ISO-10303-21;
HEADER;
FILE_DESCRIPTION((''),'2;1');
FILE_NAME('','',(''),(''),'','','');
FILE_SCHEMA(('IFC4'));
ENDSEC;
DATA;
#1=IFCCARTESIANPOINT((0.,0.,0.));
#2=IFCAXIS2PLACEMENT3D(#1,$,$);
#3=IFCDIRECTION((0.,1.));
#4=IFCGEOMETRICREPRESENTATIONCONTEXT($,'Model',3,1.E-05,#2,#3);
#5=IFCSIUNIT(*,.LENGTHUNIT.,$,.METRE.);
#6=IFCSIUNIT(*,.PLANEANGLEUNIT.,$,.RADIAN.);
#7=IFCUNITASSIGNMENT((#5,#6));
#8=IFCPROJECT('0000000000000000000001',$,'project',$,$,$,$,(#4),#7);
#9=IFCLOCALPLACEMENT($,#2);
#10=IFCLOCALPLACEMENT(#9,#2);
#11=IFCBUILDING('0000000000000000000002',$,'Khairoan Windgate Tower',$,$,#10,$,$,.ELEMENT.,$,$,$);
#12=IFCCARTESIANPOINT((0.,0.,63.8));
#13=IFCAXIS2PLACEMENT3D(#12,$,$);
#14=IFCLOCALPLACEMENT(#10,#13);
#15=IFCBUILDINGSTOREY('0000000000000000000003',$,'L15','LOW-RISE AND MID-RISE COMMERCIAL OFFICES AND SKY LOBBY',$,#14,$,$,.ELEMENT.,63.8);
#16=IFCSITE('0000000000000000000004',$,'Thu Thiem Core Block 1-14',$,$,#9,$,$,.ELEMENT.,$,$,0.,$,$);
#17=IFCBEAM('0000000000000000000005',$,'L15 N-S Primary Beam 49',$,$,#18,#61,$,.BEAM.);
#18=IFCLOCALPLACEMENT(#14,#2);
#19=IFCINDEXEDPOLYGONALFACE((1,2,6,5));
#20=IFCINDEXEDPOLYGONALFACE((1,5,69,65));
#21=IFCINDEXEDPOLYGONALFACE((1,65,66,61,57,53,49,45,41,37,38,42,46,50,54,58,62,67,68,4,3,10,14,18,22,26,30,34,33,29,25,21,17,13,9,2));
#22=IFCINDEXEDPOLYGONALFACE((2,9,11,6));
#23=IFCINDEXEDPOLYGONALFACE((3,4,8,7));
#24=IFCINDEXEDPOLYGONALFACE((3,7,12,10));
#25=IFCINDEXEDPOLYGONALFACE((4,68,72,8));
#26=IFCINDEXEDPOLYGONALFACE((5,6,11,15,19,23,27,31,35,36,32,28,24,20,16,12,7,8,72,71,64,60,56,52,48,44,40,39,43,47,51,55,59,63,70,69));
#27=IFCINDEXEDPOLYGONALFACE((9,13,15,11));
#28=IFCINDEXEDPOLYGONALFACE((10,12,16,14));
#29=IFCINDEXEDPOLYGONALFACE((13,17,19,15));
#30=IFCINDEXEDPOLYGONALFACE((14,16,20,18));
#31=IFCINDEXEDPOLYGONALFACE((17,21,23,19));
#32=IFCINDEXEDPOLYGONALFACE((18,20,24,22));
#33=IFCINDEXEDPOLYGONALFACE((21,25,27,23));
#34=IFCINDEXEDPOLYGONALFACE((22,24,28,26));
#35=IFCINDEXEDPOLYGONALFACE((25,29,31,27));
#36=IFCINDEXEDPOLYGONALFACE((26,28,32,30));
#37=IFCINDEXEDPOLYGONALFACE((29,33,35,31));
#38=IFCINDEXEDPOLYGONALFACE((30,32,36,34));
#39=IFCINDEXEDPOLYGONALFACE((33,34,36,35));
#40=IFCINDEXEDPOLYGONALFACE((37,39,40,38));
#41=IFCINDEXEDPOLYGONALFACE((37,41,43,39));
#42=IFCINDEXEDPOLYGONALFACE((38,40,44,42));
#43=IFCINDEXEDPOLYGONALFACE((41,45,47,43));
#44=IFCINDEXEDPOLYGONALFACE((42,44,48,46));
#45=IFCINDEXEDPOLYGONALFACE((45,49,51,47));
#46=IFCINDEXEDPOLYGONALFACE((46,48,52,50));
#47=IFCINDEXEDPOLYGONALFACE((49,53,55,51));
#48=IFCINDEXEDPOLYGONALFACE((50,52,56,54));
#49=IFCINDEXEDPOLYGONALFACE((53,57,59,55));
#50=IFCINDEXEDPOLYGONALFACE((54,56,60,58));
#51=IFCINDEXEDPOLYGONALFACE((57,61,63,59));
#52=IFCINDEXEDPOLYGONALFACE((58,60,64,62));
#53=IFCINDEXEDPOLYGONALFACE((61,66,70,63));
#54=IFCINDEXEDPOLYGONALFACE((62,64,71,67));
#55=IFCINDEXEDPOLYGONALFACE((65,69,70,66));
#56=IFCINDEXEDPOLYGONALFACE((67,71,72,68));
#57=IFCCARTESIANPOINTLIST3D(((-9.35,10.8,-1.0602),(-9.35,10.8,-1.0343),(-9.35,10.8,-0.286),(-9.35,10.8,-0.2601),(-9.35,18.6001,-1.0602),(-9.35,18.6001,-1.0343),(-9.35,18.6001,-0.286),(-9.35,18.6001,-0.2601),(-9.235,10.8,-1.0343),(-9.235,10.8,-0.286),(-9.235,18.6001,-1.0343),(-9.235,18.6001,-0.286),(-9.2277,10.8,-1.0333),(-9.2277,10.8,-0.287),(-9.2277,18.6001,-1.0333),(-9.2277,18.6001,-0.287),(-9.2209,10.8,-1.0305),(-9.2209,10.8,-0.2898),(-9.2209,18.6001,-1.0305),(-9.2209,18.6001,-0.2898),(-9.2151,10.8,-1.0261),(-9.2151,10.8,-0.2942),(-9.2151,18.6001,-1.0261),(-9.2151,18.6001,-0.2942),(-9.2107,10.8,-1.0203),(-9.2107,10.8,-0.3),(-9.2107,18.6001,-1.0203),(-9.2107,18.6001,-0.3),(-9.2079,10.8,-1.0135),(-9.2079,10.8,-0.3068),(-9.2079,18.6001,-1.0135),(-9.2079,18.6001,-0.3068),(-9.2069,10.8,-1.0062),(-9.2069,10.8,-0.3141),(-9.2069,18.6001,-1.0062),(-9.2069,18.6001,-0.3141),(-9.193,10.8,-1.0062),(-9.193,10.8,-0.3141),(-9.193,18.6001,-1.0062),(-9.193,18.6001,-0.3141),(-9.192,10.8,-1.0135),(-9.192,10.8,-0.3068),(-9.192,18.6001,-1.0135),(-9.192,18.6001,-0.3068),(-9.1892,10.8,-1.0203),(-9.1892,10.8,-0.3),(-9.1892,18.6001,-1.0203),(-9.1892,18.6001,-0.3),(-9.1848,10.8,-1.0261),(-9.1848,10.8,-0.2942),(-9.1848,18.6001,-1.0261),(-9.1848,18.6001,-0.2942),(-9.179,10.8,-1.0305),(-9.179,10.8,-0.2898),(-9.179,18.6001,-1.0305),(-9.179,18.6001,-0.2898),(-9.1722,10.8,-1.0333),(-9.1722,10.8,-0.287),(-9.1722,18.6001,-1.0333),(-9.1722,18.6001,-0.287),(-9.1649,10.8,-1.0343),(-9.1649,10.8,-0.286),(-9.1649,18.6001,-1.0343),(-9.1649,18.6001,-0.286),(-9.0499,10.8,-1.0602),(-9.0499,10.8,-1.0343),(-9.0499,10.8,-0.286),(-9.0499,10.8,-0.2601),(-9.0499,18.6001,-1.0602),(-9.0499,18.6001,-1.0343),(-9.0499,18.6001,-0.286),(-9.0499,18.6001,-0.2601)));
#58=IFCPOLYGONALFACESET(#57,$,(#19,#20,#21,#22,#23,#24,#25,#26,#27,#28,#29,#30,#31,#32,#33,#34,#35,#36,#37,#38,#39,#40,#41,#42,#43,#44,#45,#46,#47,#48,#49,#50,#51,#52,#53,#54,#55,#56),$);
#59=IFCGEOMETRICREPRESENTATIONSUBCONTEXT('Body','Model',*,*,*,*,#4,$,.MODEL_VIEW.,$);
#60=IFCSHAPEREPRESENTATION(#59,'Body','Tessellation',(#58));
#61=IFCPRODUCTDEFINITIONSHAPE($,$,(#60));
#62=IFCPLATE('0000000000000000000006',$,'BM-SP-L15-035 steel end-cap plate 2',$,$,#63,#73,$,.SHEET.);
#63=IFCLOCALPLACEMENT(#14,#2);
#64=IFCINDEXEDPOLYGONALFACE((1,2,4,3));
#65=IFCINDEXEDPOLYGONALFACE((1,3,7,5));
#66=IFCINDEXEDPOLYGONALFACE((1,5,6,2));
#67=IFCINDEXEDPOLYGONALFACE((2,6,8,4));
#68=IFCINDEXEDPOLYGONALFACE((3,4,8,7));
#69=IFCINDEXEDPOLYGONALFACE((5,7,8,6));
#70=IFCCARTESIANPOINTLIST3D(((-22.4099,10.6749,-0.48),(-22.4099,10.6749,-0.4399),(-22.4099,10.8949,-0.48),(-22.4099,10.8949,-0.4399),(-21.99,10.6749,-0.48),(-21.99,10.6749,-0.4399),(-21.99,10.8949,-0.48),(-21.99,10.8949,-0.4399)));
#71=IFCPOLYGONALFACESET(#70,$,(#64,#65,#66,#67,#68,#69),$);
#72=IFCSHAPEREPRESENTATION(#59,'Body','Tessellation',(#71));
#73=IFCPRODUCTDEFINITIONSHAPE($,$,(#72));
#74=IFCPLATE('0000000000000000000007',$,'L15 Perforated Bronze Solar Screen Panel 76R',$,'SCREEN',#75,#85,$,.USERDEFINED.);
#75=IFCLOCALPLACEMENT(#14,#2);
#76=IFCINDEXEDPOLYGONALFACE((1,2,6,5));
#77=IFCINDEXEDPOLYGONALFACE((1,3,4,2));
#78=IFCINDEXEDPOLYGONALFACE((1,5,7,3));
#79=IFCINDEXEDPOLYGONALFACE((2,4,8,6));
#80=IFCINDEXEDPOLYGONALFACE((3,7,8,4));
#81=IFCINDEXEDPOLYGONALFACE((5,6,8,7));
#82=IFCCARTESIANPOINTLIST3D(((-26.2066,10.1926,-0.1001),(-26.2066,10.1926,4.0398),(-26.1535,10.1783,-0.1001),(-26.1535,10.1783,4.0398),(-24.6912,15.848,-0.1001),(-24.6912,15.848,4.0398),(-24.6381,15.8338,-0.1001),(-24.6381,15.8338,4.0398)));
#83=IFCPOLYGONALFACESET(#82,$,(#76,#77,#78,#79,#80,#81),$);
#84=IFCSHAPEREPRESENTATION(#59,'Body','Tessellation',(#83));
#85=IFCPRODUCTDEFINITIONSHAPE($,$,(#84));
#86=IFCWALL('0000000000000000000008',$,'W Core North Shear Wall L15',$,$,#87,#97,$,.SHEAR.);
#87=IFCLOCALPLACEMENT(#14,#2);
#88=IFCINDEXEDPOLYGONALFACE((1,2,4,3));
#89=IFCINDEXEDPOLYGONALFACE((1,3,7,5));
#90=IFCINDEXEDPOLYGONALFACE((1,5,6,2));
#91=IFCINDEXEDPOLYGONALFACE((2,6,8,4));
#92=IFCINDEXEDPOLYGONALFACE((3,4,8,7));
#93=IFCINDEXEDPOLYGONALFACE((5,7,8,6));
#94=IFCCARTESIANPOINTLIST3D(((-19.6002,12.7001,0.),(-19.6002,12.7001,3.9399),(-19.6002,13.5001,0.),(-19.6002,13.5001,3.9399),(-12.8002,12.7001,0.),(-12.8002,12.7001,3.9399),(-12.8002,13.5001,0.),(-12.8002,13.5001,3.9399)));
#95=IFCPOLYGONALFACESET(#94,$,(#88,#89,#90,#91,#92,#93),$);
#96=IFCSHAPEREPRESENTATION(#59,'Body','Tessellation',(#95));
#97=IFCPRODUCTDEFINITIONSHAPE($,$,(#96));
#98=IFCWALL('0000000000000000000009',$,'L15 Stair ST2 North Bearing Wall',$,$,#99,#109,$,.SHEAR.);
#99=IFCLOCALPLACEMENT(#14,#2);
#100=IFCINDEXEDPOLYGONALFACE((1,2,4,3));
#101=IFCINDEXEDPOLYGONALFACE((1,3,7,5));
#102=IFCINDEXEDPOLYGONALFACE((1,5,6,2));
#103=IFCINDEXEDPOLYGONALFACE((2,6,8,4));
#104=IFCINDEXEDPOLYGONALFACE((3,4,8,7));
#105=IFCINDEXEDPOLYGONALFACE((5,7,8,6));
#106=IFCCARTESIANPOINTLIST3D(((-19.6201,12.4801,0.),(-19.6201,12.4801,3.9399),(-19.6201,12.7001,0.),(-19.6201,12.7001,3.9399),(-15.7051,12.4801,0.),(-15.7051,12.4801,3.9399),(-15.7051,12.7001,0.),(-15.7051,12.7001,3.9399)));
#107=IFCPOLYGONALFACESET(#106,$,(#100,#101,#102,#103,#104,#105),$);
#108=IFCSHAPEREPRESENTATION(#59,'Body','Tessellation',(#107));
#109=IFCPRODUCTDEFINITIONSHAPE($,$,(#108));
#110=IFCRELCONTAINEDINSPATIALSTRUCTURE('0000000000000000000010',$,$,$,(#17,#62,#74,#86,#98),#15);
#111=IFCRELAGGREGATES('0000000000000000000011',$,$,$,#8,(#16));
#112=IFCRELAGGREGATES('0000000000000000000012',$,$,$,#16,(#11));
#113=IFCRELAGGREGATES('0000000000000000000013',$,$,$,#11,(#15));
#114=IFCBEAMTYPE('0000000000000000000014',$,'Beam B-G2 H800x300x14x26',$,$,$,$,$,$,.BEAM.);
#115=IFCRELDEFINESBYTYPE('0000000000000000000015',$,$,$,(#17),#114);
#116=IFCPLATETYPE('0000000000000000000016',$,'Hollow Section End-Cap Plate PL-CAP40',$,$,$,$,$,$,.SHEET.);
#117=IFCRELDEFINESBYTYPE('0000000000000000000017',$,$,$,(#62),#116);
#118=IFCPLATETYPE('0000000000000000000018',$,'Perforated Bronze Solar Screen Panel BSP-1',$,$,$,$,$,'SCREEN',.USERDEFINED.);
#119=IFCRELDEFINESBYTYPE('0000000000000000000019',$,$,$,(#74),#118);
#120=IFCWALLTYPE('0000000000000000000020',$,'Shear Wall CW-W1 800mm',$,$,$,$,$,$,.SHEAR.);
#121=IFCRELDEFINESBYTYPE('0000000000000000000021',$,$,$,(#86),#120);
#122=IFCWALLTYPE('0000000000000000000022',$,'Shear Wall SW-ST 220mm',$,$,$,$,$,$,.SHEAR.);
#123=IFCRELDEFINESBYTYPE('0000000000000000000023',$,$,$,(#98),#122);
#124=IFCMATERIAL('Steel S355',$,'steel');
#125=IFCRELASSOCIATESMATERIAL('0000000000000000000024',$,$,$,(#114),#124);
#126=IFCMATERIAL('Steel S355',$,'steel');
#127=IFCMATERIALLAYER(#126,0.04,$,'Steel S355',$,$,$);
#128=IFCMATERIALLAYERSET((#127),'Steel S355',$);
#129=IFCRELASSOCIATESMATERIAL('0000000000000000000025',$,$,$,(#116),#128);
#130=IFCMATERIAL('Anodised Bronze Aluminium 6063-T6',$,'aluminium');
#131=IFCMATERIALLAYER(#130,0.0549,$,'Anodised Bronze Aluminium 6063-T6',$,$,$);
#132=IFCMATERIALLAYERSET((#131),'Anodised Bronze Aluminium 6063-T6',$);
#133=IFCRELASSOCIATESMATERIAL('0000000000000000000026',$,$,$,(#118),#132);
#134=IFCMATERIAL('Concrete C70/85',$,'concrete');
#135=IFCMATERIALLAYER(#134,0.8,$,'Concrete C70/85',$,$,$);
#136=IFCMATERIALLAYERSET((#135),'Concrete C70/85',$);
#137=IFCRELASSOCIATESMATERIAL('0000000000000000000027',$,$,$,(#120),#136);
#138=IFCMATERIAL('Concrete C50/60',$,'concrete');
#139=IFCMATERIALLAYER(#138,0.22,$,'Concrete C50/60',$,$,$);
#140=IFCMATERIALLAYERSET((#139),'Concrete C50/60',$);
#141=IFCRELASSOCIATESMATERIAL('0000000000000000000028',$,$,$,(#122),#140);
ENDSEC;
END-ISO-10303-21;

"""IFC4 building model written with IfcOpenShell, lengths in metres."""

from ifc_helpers import new_model, si_unit, direction, frame, frame_2d, origin, origin_2d, place, context, subcontext, project, spatial, rectangle, i_section, extrude, material, layer, layer_set, material_profile, profile_set, type_object, element, save


model = new_model("IFC4")

# Units and contexts
model_context = context("Model", 3, precision=1e-05, world=origin(), true_north=direction((0.0, 1.0)))
body_context = subcontext(model_context, "Body", "Model", "MODEL_VIEW")
ifc_project = project(units=[si_unit("LENGTHUNIT", "METRE"), si_unit("PLANEANGLEUNIT", "RADIAN")], contexts=[model_context])

# Site, building, storey
site_placement = place(None, origin())
site = spatial("IfcSite", under=ifc_project, at=site_placement, Name="Thu Thiem Core Block 1-14", CompositionType="ELEMENT", RefElevation=0.0)
building_placement = place(site_placement, origin())
building = spatial("IfcBuilding", under=site, at=building_placement, Name="Khairoan Windgate Tower", CompositionType="ELEMENT")
storey_placement = place(building_placement, frame((0.0, 0.0, 63.8)))
storey = spatial("IfcBuildingStorey", under=building, at=storey_placement, Name="L15", Description="LOW-RISE AND MID-RISE COMMERCIAL OFFICES AND SKY LOBBY", CompositionType="ELEMENT", Elevation=63.8)

# Beam
ifc_material_1 = material(Name="Steel S355", Category="steel")
ifc_material_profile_1 = material_profile(ifc_material_1, i_section(OverallWidth=0.3, OverallDepth=0.8, WebThickness=0.0139, FlangeThickness=0.0259, FilletRadius=0.0281, at=origin_2d()))
ifc_profile_set_1 = profile_set([ifc_material_profile_1], Name="Steel S355")
beam_type = type_object("IfcBeamType", Name="Beam B-G2 H800x300x14x26", PredefinedType="BEAM", material=ifc_profile_set_1)
beam_1_placement = place(storey_placement, frame((-9.2, 10.8, -0.6602), z_axis=(0.0, 1.0, 0.0), x_axis=(-1.0, 0.0, 0.0)))
element("IfcBeam", 1, at=beam_1_placement, inside=storey, type_object=beam_type, Name="L15 N-S Primary Beam 49", PredefinedType="BEAM", context=body_context, shape_type="SweptSolid", body=[
    extrude(i_section(OverallWidth=0.3, OverallDepth=0.8, WebThickness=0.0139, FlangeThickness=0.0259, FilletRadius=0.0281, at=origin_2d()), origin(), (0.0, 0.0, 1.0), 7.8),
])

# Plates
ifc_material_2 = material(Name="Steel S355", Category="steel")
ifc_layer_1 = layer(ifc_material_2, 0.04, Name="Steel S355")
ifc_layer_set_1 = layer_set([ifc_layer_1], Name="Steel S355")
plate_type_1 = type_object("IfcPlateType", Name="Hollow Section End-Cap Plate PL-CAP40", PredefinedType="SHEET", material=ifc_layer_set_1)
plate_1_placement = place(storey_placement, frame((-22.2, 10.7849, -0.48), z_axis=(0.0, 0.0, 1.0), x_axis=(0.0, 1.0, 0.0)))
element("IfcPlate", 2, at=plate_1_placement, inside=storey, type_object=plate_type_1, Name="BM-SP-L15-035 steel end-cap plate 2", PredefinedType="SHEET", context=body_context, shape_type="SweptSolid", body=[
    extrude(rectangle(XDim=0.22, YDim=0.4199, at=origin_2d()), origin(), (0.0, 0.0, 1.0), 0.04),
])
ifc_material_3 = material(Name="Anodised Bronze Aluminium 6063-T6", Category="aluminium")
ifc_layer_2 = layer(ifc_material_3, 0.0549, Name="Anodised Bronze Aluminium 6063-T6")
ifc_layer_set_2 = layer_set([ifc_layer_2], Name="Anodised Bronze Aluminium 6063-T6")
plate_type_2 = type_object("IfcPlateType", Name="Perforated Bronze Solar Screen Panel BSP-1", ElementType="SCREEN", PredefinedType="USERDEFINED", material=ifc_layer_set_2)
plate_2_placement = place(storey_placement, frame((-25.4224, 13.0132, -0.1001), z_axis=(0.0, 0.0, 1.0), x_axis=(0.258819, 0.965926, 0.0)))
element("IfcPlate", 3, at=plate_2_placement, inside=storey, type_object=plate_type_2, Name="L15 Perforated Bronze Solar Screen Panel 76R", ObjectType="SCREEN", PredefinedType="USERDEFINED", context=body_context, shape_type="SweptSolid", body=[
    extrude(rectangle(XDim=5.855, YDim=0.0549, at=origin_2d()), origin(), (0.0, 0.0, 1.0), 4.1399),
])

# Walls
ifc_material_4 = material(Name="Concrete C70/85", Category="concrete")
ifc_layer_3 = layer(ifc_material_4, 0.8, Name="Concrete C70/85")
ifc_layer_set_3 = layer_set([ifc_layer_3], Name="Concrete C70/85")
wall_type_1 = type_object("IfcWallType", Name="Shear Wall CW-W1 800mm", PredefinedType="SHEAR", material=ifc_layer_set_3)
wall_1_placement = place(storey_placement, frame((-19.6001, 13.1001, 0.0), z_axis=(0.0, 0.0, 1.0), x_axis=(1.0, 0.0, 0.0)))
element("IfcWall", 4, at=wall_1_placement, inside=storey, type_object=wall_type_1, Name="W Core North Shear Wall L15", PredefinedType="SHEAR", context=body_context, shape_type="SweptSolid", body=[
    extrude(rectangle(XDim=6.8, YDim=0.8, at=frame_2d((3.3999, 0.0))), origin(), (0.0, 0.0, 1.0), 3.9399),
])
ifc_material_5 = material(Name="Concrete C50/60", Category="concrete")
ifc_layer_4 = layer(ifc_material_5, 0.22, Name="Concrete C50/60")
ifc_layer_set_4 = layer_set([ifc_layer_4], Name="Concrete C50/60")
wall_type_2 = type_object("IfcWallType", Name="Shear Wall SW-ST 220mm", PredefinedType="SHEAR", material=ifc_layer_set_4)
wall_2_placement = place(storey_placement, frame((-19.6201, 12.5901, 0.0), z_axis=(0.0, 0.0, 1.0), x_axis=(1.0, 0.0, 0.0)))
element("IfcWall", 5, at=wall_2_placement, inside=storey, type_object=wall_type_2, Name="L15 Stair ST2 North Bearing Wall", PredefinedType="SHEAR", context=body_context, shape_type="SweptSolid", body=[
    extrude(rectangle(XDim=3.915, YDim=0.22, at=frame_2d((1.9575, 0.0))), origin(), (0.0, 0.0, 1.0), 3.9399),
])

save(model, "model.ifc")
